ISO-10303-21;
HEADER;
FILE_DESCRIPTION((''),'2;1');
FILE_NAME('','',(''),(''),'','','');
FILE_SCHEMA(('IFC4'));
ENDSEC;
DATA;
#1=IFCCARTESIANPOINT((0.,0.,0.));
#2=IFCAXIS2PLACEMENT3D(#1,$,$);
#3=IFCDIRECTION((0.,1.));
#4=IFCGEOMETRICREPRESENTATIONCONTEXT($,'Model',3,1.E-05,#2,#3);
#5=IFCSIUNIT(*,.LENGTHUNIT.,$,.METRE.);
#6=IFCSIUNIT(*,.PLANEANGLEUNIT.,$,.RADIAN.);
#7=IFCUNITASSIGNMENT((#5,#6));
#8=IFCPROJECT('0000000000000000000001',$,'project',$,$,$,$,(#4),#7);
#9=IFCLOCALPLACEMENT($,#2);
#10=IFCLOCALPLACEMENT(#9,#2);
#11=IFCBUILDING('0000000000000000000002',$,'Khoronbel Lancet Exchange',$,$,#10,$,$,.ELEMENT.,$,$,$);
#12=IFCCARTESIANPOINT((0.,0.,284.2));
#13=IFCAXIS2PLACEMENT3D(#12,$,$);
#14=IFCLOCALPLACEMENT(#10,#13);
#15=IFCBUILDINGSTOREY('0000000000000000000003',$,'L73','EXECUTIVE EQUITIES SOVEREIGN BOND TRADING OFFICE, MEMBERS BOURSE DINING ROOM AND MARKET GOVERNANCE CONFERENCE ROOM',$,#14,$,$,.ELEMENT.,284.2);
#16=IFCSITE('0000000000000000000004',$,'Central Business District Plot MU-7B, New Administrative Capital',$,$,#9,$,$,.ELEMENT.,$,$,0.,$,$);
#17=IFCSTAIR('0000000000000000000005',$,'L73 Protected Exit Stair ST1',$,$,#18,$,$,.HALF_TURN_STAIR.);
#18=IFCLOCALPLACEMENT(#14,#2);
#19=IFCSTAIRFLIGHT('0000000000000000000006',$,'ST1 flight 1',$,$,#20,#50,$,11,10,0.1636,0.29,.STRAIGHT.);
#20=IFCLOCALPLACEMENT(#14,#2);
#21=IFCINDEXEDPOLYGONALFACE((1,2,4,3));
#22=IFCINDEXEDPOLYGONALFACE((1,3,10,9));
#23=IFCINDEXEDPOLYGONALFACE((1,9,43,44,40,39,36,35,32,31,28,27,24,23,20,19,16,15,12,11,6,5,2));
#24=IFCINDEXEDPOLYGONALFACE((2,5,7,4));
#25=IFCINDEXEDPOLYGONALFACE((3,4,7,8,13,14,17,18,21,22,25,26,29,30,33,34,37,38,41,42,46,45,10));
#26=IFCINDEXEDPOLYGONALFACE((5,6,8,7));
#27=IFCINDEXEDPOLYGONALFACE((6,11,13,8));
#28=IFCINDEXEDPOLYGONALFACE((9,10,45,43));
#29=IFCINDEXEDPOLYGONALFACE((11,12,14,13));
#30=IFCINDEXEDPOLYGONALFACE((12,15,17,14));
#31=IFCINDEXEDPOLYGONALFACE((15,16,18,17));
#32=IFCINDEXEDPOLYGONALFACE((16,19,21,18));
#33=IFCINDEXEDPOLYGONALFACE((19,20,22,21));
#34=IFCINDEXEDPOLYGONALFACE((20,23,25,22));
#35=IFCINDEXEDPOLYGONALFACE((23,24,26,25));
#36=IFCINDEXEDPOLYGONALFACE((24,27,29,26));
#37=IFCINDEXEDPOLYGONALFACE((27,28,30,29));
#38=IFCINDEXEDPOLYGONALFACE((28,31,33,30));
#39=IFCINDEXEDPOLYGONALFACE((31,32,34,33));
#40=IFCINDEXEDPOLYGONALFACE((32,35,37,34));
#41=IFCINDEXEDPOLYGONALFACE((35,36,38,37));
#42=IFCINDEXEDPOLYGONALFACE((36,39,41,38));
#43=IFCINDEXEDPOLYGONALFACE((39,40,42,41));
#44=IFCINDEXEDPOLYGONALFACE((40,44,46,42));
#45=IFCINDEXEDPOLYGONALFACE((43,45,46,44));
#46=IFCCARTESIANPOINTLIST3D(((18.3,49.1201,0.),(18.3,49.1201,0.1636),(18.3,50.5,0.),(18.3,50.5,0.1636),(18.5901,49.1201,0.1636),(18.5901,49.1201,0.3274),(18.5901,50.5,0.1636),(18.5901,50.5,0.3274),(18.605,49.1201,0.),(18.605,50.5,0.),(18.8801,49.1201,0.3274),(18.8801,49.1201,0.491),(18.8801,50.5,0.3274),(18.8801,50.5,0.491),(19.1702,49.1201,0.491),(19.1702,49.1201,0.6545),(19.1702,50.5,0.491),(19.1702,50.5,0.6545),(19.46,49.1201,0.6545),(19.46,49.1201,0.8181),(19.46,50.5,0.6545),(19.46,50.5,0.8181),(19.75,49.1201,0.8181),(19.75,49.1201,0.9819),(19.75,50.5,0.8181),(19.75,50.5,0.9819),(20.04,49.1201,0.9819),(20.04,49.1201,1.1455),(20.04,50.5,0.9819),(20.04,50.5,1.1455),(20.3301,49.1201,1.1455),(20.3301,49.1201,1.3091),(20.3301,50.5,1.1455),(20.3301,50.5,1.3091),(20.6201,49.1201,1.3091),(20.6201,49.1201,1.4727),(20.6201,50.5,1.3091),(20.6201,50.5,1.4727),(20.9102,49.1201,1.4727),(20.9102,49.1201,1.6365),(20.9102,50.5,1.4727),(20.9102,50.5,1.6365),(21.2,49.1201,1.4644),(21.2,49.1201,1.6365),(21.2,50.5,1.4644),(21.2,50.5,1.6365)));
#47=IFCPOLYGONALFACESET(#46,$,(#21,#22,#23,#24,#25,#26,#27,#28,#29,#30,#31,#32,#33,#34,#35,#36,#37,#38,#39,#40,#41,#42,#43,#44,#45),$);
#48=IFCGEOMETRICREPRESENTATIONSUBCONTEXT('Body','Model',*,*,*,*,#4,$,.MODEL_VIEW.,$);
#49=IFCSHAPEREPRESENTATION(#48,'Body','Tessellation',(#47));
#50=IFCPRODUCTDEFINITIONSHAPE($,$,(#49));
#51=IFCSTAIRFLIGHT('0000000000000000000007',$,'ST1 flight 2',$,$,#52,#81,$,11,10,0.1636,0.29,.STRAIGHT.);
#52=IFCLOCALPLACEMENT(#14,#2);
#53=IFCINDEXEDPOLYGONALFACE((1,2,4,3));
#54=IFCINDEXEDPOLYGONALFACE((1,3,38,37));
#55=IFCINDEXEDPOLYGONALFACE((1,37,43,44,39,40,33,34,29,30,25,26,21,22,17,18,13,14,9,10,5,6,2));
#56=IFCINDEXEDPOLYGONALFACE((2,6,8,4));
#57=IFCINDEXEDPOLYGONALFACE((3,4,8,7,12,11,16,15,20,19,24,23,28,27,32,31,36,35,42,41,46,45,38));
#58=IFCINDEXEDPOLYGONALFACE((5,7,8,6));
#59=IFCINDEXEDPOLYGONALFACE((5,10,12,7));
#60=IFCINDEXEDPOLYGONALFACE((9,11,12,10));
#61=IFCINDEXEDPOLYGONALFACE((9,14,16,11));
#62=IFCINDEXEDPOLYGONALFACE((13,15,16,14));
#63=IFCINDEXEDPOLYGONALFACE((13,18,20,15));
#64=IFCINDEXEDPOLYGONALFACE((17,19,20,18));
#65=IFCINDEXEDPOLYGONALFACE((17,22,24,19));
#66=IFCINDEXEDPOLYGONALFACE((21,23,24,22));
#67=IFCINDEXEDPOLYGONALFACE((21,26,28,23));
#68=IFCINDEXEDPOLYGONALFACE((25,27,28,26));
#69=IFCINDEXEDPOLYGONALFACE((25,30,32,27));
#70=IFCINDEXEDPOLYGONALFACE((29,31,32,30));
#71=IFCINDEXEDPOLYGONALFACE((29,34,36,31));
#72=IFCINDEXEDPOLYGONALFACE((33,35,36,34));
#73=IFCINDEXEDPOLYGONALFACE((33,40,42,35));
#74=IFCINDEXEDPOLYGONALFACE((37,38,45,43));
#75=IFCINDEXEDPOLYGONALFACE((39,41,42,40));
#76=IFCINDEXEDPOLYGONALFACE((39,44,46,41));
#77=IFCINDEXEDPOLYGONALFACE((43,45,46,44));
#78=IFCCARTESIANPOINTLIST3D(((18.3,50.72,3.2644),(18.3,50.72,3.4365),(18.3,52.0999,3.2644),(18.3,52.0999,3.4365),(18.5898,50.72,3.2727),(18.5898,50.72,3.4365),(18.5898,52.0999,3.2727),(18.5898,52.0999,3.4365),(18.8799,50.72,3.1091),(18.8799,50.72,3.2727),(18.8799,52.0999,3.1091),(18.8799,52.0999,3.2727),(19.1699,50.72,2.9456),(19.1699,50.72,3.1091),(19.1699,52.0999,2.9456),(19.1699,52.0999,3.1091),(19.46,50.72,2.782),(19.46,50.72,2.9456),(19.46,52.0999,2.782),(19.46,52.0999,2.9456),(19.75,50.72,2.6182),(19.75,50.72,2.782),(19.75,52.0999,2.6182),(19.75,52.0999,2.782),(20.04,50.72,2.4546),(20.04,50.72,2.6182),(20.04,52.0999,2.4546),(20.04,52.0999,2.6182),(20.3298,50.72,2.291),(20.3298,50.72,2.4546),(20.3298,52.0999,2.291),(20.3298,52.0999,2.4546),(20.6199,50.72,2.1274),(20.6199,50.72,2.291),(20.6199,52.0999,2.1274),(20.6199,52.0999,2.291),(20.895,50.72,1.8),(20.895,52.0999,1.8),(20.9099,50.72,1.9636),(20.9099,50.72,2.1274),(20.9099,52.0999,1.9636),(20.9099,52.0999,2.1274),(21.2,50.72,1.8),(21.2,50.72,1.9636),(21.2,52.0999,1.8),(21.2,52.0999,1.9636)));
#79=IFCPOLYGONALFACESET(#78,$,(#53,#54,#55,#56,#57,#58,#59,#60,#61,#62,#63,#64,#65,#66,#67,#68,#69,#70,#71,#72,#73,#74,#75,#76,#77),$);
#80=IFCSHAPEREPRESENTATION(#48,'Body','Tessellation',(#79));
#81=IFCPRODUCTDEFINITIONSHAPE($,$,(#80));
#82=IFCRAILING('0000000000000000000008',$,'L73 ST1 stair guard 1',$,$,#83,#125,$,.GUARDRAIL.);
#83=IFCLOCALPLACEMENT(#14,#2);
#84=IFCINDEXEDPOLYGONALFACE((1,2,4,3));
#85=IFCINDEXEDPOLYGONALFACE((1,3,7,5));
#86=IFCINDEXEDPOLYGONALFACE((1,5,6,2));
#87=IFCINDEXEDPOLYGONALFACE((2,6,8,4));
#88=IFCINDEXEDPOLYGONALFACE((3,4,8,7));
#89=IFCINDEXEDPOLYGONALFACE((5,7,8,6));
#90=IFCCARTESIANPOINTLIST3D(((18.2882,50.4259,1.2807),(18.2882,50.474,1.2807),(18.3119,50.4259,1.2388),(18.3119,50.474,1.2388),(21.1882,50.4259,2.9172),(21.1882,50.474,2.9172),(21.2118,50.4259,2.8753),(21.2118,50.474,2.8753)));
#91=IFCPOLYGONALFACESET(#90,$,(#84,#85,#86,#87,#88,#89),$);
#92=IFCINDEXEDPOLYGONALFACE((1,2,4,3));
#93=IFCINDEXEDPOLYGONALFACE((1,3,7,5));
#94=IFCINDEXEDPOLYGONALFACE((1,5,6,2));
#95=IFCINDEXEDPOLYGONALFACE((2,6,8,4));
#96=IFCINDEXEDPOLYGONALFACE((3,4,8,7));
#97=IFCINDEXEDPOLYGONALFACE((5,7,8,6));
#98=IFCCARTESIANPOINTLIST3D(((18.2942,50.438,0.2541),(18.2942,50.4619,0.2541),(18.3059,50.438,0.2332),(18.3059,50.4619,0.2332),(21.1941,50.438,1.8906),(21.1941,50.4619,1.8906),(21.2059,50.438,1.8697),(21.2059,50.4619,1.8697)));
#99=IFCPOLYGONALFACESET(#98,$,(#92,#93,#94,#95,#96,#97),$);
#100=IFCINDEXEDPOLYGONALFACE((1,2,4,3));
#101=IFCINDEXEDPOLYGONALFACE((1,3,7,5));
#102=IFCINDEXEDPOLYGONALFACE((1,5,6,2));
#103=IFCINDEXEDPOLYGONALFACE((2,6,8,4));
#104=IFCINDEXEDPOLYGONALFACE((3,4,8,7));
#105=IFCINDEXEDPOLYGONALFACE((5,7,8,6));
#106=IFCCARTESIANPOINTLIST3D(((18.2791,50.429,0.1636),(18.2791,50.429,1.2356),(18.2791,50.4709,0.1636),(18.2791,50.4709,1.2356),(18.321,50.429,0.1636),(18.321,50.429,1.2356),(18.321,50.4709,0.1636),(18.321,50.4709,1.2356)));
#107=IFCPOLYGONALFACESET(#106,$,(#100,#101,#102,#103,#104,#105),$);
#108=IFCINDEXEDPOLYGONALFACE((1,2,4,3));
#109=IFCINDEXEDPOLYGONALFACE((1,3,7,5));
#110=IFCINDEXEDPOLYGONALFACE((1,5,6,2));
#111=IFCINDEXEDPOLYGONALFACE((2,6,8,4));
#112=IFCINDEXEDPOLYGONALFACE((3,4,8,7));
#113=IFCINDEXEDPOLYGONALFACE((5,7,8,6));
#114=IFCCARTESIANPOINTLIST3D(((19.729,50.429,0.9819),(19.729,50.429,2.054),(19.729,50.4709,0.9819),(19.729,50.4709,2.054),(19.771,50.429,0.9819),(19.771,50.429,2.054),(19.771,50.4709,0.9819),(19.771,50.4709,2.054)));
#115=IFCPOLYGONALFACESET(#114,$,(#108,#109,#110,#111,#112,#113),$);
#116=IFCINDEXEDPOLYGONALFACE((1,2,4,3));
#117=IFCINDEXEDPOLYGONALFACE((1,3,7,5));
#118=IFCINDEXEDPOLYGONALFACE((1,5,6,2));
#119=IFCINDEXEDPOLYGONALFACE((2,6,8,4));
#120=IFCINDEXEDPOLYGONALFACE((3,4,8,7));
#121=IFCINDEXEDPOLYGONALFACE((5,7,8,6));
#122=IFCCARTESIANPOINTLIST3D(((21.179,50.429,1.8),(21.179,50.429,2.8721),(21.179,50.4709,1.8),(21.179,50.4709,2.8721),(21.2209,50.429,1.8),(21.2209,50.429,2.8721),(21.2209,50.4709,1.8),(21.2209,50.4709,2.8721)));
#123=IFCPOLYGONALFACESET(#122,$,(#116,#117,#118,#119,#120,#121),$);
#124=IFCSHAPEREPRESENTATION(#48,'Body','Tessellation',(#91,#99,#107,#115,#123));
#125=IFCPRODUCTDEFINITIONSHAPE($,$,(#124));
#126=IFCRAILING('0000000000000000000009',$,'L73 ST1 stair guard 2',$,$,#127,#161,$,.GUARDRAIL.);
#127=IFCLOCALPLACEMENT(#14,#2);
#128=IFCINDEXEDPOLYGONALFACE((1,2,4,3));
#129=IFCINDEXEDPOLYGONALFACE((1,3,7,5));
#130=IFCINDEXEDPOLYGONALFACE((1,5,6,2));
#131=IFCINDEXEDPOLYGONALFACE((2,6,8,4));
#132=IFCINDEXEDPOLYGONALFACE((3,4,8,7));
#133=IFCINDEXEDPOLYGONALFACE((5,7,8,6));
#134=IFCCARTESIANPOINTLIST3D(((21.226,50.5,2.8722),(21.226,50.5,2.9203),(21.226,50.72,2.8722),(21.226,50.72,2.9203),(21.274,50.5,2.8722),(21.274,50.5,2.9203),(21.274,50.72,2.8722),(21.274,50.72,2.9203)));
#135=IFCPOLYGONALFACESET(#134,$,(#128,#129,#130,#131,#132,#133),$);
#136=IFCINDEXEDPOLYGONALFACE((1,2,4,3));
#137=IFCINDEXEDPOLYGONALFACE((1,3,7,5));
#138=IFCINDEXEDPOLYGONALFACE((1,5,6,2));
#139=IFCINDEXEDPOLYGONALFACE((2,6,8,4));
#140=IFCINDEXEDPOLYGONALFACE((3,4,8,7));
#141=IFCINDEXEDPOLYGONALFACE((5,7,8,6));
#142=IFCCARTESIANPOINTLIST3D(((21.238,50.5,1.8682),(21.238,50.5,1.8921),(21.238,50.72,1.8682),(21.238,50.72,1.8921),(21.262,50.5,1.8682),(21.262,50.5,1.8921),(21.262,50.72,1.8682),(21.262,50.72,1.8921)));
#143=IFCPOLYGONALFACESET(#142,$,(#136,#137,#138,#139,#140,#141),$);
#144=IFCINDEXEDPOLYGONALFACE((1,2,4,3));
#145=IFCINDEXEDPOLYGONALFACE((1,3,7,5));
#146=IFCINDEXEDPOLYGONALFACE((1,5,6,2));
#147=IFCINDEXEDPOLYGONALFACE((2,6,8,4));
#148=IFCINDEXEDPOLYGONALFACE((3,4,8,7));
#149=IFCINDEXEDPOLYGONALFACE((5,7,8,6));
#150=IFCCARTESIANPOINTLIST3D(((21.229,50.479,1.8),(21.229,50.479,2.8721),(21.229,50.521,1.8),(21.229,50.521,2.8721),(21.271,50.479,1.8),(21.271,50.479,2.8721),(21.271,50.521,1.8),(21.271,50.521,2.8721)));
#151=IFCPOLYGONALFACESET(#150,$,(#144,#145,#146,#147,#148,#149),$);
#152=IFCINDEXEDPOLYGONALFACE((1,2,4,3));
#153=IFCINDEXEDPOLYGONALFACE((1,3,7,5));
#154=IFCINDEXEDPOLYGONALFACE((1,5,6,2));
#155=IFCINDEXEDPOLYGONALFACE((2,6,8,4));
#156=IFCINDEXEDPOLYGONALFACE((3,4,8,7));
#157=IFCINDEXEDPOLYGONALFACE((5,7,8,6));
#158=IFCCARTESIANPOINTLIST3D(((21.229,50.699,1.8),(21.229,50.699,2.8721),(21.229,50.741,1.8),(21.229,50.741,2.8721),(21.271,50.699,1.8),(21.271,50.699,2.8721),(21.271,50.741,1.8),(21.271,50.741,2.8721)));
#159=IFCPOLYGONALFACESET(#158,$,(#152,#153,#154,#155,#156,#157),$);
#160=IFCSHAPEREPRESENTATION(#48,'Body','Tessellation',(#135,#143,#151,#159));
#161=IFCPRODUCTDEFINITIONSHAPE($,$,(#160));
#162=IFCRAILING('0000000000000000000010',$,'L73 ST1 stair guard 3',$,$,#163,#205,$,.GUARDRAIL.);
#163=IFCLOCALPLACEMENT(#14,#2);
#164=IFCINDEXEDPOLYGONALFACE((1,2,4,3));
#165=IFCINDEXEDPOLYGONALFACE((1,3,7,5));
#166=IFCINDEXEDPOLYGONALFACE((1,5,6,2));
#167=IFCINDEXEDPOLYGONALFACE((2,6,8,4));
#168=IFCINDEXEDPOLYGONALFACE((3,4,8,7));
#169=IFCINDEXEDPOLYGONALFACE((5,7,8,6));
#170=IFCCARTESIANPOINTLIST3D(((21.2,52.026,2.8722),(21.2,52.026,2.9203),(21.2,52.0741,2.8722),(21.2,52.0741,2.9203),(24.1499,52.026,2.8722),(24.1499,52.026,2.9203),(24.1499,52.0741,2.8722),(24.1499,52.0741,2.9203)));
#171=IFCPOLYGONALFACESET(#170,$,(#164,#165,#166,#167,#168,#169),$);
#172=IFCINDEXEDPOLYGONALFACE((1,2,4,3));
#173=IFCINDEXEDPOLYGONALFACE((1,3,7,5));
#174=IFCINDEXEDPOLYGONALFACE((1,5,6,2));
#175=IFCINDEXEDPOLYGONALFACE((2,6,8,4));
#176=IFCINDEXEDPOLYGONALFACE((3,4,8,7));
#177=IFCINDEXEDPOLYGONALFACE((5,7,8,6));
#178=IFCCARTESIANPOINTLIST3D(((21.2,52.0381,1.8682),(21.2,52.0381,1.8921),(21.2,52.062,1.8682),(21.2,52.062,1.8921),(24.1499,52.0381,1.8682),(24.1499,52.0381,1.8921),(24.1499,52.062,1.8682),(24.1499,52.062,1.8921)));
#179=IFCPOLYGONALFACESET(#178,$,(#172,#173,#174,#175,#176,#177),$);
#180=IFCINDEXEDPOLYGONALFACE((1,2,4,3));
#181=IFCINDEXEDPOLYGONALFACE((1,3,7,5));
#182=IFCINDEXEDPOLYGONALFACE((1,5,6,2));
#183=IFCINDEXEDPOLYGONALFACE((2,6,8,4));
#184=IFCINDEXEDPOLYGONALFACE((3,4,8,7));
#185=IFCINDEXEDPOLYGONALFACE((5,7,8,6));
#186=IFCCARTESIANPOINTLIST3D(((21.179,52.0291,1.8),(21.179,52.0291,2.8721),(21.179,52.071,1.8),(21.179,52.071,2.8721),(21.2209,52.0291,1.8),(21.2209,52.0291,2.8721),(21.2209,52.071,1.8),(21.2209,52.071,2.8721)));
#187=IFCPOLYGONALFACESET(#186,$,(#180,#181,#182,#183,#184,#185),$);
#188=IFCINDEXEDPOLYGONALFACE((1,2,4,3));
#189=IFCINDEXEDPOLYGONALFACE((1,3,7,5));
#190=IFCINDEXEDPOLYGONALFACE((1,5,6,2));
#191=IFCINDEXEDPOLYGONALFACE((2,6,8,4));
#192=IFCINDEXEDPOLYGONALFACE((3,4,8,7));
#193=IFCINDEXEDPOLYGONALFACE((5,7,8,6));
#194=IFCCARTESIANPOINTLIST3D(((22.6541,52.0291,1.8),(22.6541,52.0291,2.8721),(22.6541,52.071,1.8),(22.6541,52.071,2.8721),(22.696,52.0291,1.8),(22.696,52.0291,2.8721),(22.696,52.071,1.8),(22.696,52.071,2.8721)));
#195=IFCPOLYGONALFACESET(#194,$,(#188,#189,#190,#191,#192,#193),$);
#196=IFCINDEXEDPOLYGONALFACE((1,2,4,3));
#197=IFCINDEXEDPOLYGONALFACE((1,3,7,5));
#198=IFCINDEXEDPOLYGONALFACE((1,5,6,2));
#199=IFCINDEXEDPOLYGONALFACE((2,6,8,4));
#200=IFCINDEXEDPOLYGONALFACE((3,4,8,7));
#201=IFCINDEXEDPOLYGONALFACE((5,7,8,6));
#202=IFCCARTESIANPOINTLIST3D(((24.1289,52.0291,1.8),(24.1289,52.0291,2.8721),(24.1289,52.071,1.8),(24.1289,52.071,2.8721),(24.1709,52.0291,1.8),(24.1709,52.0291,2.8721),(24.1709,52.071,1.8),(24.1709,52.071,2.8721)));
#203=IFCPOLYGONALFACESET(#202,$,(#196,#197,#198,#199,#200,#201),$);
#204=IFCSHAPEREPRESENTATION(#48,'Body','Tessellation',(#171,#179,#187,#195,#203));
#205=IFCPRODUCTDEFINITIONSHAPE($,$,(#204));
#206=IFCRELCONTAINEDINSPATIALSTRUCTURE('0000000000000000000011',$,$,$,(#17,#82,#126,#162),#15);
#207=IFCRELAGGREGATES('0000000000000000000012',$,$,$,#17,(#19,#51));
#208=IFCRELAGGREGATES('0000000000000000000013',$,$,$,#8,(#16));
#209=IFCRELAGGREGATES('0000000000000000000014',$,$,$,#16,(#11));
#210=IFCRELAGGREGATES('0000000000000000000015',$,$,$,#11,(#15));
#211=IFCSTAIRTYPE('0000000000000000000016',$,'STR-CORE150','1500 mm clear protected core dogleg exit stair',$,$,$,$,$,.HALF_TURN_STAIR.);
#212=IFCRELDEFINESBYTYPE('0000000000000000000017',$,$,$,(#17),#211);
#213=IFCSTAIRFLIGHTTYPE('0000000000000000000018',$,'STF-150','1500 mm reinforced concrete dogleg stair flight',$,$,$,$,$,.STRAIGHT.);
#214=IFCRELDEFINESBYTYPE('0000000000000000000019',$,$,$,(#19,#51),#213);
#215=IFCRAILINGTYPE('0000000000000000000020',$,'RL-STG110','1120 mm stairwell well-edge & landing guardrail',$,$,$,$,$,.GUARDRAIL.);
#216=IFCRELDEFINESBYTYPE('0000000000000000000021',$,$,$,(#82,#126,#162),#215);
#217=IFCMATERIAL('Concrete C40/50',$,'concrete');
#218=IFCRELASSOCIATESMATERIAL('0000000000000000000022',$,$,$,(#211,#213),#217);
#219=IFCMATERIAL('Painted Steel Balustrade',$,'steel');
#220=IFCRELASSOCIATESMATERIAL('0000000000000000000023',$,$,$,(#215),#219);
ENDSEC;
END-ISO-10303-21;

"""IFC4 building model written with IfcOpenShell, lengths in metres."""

from ifc_helpers import new_model, si_unit, direction, frame, origin, origin_2d, place, context, subcontext, project, spatial, polyline, rectangle, outline, extrude, material, type_object, element, aggregate, save


model = new_model("IFC4")

# Units and contexts
model_context = context("Model", 3, precision=1e-05, world=origin(), true_north=direction((0.0, 1.0)))
body_context = subcontext(model_context, "Body", "Model", "MODEL_VIEW")
ifc_project = project(units=[si_unit("LENGTHUNIT", "METRE"), si_unit("PLANEANGLEUNIT", "RADIAN")], contexts=[model_context])

# Site, building, storey
site_placement = place(None, origin())
site = spatial("IfcSite", under=ifc_project, at=site_placement, Name="Central Business District Plot MU-7B, New Administrative Capital", CompositionType="ELEMENT", RefElevation=0.0)
building_placement = place(site_placement, origin())
building = spatial("IfcBuilding", under=site, at=building_placement, Name="Khoronbel Lancet Exchange", CompositionType="ELEMENT")
storey_placement = place(building_placement, frame((0.0, 0.0, 284.2)))
storey = spatial("IfcBuildingStorey", under=building, at=storey_placement, Name="L73", Description="EXECUTIVE EQUITIES SOVEREIGN BOND TRADING OFFICE, MEMBERS BOURSE DINING ROOM AND MARKET GOVERNANCE CONFERENCE ROOM", CompositionType="ELEMENT", Elevation=284.2)

# Stair, stair flights
ifc_material_1 = material(Name="Concrete C40/50", Category="concrete")
stair_type = type_object("IfcStairType", Name="STR-CORE150", Description="1500 mm clear protected core dogleg exit stair", PredefinedType="HALF_TURN_STAIR", material=ifc_material_1)
stair_placement = place(storey_placement, origin())
stair = element("IfcStair", 1, at=stair_placement, inside=storey, type_object=stair_type, Name="L73 Protected Exit Stair ST1", PredefinedType="HALF_TURN_STAIR")
stair_flight_type = type_object("IfcStairFlightType", Name="STF-150", Description="1500 mm reinforced concrete dogleg stair flight", PredefinedType="STRAIGHT", material=ifc_material_1)
stair_flight_1_placement = place(storey_placement, frame((18.3, 49.8101, 0.0), z_axis=(0.0, 0.0, 1.0), x_axis=(1.0, 0.0, 0.0)))
stair_flight_1 = element("IfcStairFlight", 2, at=stair_flight_1_placement, type_object=stair_flight_type, Name="ST1 flight 1", NumberOfRisers=11, NumberOfTreads=10, PredefinedType="STRAIGHT", RiserHeight=0.1636, TreadLength=0.29, context=body_context, shape_type="SweptSolid", body=[
    extrude(outline(polyline([(0.0, 0.0), (0.0, 0.1636), (0.29, 0.1636), (0.29, 0.3274), (0.5801, 0.3274), (0.5801, 0.491), (0.8701, 0.491), (0.8701, 0.6545), (1.1599, 0.6545), (1.1599, 0.8181), (1.45, 0.8181), (1.45, 0.9819), (1.74, 0.9819), (1.74, 1.1455), (2.03, 1.1455), (2.03, 1.3091), (2.3201, 1.3091), (2.3201, 1.4727), (2.6101, 1.4727), (2.6101, 1.6365), (2.8999, 1.6365), (2.8999, 1.8), (2.8999, 1.4644), (0.3049, 0.0), (0.0, 0.0)])), frame((0.0, 0.6899, 0.0), z_axis=(0.0, -1.0, 0.0), x_axis=(1.0, 0.0, 0.0)), (0.0, 0.0, 1.0), 1.3799),
])
stair_flight_2_placement = place(storey_placement, frame((21.2, 51.4099, 1.8), z_axis=(0.0, 0.0, 1.0), x_axis=(-1.0, 0.0, 0.0)))
stair_flight_2 = element("IfcStairFlight", 3, at=stair_flight_2_placement, type_object=stair_flight_type, Name="ST1 flight 2", NumberOfRisers=11, NumberOfTreads=10, PredefinedType="STRAIGHT", RiserHeight=0.1636, TreadLength=0.29, context=body_context, shape_type="SweptSolid", body=[
    extrude(outline(polyline([(0.0, 0.0), (0.0, 0.1636), (0.29, 0.1636), (0.29, 0.3274), (0.5801, 0.3274), (0.5801, 0.491), (0.8701, 0.491), (0.8701, 0.6545), (1.1599, 0.6545), (1.1599, 0.8181), (1.45, 0.8181), (1.45, 0.9819), (1.74, 0.9819), (1.74, 1.1455), (2.03, 1.1455), (2.03, 1.3091), (2.3201, 1.3091), (2.3201, 1.4727), (2.6101, 1.4727), (2.6101, 1.6365), (2.8999, 1.6365), (2.8999, 1.8), (2.8999, 1.4644), (0.3049, 0.0), (0.0, 0.0)])), frame((0.0, 0.6899, 0.0), z_axis=(0.0, -1.0, 0.0), x_axis=(1.0, 0.0, 0.0)), (0.0, 0.0, 1.0), 1.3799),
])
aggregate(stair, [stair_flight_1, stair_flight_2])

# Railings
ifc_material_2 = material(Name="Painted Steel Balustrade", Category="steel")
railing_type_1 = type_object("IfcRailingType", Name="RL-STG110", Description="1120 mm stairwell well-edge & landing guardrail", PredefinedType="GUARDRAIL", material=ifc_material_2)
railing_1_placement = place(storey_placement, frame((18.3, 50.45, 0.1636)))
element("IfcRailing", 4, at=railing_1_placement, inside=storey, type_object=railing_type_1, Name="L73 ST1 stair guard 1", PredefinedType="GUARDRAIL", context=body_context, shape_type="SweptSolid", body=[
    extrude(rectangle(XDim=0.0481, YDim=0.0481, at=origin_2d()), frame((0.0, 0.0, 1.0962), z_axis=(0.870897, 0.0, 0.491465), x_axis=(0.0, 1.0, 0.0)), (0.0, 0.0, 1.0), 3.3298),
    extrude(rectangle(XDim=0.0239, YDim=0.0239, at=origin_2d()), frame((0.0, 0.0, 0.0801), z_axis=(0.870897, 0.0, 0.491465), x_axis=(0.0, 1.0, 0.0)), (0.0, 0.0, 1.0), 3.3298),
    extrude(rectangle(XDim=0.042, YDim=0.042, at=origin_2d()), origin(), (0.0, 0.0, 1.0), 1.072),
    extrude(rectangle(XDim=0.042, YDim=0.042, at=origin_2d()), frame((1.45, 0.0, 0.8184)), (0.0, 0.0, 1.0), 1.072),
    extrude(rectangle(XDim=0.042, YDim=0.042, at=origin_2d()), frame((2.8999, 0.0, 1.6365)), (0.0, 0.0, 1.0), 1.072),
])
railing_2_placement = place(storey_placement, frame((21.25, 50.5, 1.8)))
element("IfcRailing", 5, at=railing_2_placement, inside=storey, type_object=railing_type_1, Name="L73 ST1 stair guard 2", PredefinedType="GUARDRAIL", context=body_context, shape_type="SweptSolid", body=[
    extrude(rectangle(XDim=0.0481, YDim=0.0481, at=origin_2d()), frame((0.0, 0.0, 1.0962), z_axis=(0.0, 1.0, 0.0), x_axis=(-1.0, 0.0, 0.0)), (0.0, 0.0, 1.0), 0.22),
    extrude(rectangle(XDim=0.0239, YDim=0.0239, at=origin_2d()), frame((0.0, 0.0, 0.0801), z_axis=(0.0, 1.0, 0.0), x_axis=(-1.0, 0.0, 0.0)), (0.0, 0.0, 1.0), 0.22),
    extrude(rectangle(XDim=0.042, YDim=0.042, at=origin_2d()), origin(), (0.0, 0.0, 1.0), 1.072),
    extrude(rectangle(XDim=0.042, YDim=0.042, at=origin_2d()), frame((0.0, 0.22, 0.0)), (0.0, 0.0, 1.0), 1.072),
])
railing_3_placement = place(storey_placement, frame((21.2, 52.05, 1.8)))
element("IfcRailing", 6, at=railing_3_placement, inside=storey, type_object=railing_type_1, Name="L73 ST1 stair guard 3", PredefinedType="GUARDRAIL", context=body_context, shape_type="SweptSolid", body=[
    extrude(rectangle(XDim=0.0481, YDim=0.0481, at=origin_2d()), frame((0.0, 0.0, 1.0962), z_axis=(1.0, 0.0, 0.0), x_axis=(0.0, 1.0, 0.0)), (0.0, 0.0, 1.0), 2.95),
    extrude(rectangle(XDim=0.0239, YDim=0.0239, at=origin_2d()), frame((0.0, 0.0, 0.0801), z_axis=(1.0, 0.0, 0.0), x_axis=(0.0, 1.0, 0.0)), (0.0, 0.0, 1.0), 2.95),
    extrude(rectangle(XDim=0.042, YDim=0.042, at=origin_2d()), origin(), (0.0, 0.0, 1.0), 1.072),
    extrude(rectangle(XDim=0.042, YDim=0.042, at=origin_2d()), frame((1.4751, 0.0, 0.0)), (0.0, 0.0, 1.0), 1.072),
    extrude(rectangle(XDim=0.042, YDim=0.042, at=origin_2d()), frame((2.95, 0.0, 0.0)), (0.0, 0.0, 1.0), 1.072),
])

save(model, "model.ifc")
